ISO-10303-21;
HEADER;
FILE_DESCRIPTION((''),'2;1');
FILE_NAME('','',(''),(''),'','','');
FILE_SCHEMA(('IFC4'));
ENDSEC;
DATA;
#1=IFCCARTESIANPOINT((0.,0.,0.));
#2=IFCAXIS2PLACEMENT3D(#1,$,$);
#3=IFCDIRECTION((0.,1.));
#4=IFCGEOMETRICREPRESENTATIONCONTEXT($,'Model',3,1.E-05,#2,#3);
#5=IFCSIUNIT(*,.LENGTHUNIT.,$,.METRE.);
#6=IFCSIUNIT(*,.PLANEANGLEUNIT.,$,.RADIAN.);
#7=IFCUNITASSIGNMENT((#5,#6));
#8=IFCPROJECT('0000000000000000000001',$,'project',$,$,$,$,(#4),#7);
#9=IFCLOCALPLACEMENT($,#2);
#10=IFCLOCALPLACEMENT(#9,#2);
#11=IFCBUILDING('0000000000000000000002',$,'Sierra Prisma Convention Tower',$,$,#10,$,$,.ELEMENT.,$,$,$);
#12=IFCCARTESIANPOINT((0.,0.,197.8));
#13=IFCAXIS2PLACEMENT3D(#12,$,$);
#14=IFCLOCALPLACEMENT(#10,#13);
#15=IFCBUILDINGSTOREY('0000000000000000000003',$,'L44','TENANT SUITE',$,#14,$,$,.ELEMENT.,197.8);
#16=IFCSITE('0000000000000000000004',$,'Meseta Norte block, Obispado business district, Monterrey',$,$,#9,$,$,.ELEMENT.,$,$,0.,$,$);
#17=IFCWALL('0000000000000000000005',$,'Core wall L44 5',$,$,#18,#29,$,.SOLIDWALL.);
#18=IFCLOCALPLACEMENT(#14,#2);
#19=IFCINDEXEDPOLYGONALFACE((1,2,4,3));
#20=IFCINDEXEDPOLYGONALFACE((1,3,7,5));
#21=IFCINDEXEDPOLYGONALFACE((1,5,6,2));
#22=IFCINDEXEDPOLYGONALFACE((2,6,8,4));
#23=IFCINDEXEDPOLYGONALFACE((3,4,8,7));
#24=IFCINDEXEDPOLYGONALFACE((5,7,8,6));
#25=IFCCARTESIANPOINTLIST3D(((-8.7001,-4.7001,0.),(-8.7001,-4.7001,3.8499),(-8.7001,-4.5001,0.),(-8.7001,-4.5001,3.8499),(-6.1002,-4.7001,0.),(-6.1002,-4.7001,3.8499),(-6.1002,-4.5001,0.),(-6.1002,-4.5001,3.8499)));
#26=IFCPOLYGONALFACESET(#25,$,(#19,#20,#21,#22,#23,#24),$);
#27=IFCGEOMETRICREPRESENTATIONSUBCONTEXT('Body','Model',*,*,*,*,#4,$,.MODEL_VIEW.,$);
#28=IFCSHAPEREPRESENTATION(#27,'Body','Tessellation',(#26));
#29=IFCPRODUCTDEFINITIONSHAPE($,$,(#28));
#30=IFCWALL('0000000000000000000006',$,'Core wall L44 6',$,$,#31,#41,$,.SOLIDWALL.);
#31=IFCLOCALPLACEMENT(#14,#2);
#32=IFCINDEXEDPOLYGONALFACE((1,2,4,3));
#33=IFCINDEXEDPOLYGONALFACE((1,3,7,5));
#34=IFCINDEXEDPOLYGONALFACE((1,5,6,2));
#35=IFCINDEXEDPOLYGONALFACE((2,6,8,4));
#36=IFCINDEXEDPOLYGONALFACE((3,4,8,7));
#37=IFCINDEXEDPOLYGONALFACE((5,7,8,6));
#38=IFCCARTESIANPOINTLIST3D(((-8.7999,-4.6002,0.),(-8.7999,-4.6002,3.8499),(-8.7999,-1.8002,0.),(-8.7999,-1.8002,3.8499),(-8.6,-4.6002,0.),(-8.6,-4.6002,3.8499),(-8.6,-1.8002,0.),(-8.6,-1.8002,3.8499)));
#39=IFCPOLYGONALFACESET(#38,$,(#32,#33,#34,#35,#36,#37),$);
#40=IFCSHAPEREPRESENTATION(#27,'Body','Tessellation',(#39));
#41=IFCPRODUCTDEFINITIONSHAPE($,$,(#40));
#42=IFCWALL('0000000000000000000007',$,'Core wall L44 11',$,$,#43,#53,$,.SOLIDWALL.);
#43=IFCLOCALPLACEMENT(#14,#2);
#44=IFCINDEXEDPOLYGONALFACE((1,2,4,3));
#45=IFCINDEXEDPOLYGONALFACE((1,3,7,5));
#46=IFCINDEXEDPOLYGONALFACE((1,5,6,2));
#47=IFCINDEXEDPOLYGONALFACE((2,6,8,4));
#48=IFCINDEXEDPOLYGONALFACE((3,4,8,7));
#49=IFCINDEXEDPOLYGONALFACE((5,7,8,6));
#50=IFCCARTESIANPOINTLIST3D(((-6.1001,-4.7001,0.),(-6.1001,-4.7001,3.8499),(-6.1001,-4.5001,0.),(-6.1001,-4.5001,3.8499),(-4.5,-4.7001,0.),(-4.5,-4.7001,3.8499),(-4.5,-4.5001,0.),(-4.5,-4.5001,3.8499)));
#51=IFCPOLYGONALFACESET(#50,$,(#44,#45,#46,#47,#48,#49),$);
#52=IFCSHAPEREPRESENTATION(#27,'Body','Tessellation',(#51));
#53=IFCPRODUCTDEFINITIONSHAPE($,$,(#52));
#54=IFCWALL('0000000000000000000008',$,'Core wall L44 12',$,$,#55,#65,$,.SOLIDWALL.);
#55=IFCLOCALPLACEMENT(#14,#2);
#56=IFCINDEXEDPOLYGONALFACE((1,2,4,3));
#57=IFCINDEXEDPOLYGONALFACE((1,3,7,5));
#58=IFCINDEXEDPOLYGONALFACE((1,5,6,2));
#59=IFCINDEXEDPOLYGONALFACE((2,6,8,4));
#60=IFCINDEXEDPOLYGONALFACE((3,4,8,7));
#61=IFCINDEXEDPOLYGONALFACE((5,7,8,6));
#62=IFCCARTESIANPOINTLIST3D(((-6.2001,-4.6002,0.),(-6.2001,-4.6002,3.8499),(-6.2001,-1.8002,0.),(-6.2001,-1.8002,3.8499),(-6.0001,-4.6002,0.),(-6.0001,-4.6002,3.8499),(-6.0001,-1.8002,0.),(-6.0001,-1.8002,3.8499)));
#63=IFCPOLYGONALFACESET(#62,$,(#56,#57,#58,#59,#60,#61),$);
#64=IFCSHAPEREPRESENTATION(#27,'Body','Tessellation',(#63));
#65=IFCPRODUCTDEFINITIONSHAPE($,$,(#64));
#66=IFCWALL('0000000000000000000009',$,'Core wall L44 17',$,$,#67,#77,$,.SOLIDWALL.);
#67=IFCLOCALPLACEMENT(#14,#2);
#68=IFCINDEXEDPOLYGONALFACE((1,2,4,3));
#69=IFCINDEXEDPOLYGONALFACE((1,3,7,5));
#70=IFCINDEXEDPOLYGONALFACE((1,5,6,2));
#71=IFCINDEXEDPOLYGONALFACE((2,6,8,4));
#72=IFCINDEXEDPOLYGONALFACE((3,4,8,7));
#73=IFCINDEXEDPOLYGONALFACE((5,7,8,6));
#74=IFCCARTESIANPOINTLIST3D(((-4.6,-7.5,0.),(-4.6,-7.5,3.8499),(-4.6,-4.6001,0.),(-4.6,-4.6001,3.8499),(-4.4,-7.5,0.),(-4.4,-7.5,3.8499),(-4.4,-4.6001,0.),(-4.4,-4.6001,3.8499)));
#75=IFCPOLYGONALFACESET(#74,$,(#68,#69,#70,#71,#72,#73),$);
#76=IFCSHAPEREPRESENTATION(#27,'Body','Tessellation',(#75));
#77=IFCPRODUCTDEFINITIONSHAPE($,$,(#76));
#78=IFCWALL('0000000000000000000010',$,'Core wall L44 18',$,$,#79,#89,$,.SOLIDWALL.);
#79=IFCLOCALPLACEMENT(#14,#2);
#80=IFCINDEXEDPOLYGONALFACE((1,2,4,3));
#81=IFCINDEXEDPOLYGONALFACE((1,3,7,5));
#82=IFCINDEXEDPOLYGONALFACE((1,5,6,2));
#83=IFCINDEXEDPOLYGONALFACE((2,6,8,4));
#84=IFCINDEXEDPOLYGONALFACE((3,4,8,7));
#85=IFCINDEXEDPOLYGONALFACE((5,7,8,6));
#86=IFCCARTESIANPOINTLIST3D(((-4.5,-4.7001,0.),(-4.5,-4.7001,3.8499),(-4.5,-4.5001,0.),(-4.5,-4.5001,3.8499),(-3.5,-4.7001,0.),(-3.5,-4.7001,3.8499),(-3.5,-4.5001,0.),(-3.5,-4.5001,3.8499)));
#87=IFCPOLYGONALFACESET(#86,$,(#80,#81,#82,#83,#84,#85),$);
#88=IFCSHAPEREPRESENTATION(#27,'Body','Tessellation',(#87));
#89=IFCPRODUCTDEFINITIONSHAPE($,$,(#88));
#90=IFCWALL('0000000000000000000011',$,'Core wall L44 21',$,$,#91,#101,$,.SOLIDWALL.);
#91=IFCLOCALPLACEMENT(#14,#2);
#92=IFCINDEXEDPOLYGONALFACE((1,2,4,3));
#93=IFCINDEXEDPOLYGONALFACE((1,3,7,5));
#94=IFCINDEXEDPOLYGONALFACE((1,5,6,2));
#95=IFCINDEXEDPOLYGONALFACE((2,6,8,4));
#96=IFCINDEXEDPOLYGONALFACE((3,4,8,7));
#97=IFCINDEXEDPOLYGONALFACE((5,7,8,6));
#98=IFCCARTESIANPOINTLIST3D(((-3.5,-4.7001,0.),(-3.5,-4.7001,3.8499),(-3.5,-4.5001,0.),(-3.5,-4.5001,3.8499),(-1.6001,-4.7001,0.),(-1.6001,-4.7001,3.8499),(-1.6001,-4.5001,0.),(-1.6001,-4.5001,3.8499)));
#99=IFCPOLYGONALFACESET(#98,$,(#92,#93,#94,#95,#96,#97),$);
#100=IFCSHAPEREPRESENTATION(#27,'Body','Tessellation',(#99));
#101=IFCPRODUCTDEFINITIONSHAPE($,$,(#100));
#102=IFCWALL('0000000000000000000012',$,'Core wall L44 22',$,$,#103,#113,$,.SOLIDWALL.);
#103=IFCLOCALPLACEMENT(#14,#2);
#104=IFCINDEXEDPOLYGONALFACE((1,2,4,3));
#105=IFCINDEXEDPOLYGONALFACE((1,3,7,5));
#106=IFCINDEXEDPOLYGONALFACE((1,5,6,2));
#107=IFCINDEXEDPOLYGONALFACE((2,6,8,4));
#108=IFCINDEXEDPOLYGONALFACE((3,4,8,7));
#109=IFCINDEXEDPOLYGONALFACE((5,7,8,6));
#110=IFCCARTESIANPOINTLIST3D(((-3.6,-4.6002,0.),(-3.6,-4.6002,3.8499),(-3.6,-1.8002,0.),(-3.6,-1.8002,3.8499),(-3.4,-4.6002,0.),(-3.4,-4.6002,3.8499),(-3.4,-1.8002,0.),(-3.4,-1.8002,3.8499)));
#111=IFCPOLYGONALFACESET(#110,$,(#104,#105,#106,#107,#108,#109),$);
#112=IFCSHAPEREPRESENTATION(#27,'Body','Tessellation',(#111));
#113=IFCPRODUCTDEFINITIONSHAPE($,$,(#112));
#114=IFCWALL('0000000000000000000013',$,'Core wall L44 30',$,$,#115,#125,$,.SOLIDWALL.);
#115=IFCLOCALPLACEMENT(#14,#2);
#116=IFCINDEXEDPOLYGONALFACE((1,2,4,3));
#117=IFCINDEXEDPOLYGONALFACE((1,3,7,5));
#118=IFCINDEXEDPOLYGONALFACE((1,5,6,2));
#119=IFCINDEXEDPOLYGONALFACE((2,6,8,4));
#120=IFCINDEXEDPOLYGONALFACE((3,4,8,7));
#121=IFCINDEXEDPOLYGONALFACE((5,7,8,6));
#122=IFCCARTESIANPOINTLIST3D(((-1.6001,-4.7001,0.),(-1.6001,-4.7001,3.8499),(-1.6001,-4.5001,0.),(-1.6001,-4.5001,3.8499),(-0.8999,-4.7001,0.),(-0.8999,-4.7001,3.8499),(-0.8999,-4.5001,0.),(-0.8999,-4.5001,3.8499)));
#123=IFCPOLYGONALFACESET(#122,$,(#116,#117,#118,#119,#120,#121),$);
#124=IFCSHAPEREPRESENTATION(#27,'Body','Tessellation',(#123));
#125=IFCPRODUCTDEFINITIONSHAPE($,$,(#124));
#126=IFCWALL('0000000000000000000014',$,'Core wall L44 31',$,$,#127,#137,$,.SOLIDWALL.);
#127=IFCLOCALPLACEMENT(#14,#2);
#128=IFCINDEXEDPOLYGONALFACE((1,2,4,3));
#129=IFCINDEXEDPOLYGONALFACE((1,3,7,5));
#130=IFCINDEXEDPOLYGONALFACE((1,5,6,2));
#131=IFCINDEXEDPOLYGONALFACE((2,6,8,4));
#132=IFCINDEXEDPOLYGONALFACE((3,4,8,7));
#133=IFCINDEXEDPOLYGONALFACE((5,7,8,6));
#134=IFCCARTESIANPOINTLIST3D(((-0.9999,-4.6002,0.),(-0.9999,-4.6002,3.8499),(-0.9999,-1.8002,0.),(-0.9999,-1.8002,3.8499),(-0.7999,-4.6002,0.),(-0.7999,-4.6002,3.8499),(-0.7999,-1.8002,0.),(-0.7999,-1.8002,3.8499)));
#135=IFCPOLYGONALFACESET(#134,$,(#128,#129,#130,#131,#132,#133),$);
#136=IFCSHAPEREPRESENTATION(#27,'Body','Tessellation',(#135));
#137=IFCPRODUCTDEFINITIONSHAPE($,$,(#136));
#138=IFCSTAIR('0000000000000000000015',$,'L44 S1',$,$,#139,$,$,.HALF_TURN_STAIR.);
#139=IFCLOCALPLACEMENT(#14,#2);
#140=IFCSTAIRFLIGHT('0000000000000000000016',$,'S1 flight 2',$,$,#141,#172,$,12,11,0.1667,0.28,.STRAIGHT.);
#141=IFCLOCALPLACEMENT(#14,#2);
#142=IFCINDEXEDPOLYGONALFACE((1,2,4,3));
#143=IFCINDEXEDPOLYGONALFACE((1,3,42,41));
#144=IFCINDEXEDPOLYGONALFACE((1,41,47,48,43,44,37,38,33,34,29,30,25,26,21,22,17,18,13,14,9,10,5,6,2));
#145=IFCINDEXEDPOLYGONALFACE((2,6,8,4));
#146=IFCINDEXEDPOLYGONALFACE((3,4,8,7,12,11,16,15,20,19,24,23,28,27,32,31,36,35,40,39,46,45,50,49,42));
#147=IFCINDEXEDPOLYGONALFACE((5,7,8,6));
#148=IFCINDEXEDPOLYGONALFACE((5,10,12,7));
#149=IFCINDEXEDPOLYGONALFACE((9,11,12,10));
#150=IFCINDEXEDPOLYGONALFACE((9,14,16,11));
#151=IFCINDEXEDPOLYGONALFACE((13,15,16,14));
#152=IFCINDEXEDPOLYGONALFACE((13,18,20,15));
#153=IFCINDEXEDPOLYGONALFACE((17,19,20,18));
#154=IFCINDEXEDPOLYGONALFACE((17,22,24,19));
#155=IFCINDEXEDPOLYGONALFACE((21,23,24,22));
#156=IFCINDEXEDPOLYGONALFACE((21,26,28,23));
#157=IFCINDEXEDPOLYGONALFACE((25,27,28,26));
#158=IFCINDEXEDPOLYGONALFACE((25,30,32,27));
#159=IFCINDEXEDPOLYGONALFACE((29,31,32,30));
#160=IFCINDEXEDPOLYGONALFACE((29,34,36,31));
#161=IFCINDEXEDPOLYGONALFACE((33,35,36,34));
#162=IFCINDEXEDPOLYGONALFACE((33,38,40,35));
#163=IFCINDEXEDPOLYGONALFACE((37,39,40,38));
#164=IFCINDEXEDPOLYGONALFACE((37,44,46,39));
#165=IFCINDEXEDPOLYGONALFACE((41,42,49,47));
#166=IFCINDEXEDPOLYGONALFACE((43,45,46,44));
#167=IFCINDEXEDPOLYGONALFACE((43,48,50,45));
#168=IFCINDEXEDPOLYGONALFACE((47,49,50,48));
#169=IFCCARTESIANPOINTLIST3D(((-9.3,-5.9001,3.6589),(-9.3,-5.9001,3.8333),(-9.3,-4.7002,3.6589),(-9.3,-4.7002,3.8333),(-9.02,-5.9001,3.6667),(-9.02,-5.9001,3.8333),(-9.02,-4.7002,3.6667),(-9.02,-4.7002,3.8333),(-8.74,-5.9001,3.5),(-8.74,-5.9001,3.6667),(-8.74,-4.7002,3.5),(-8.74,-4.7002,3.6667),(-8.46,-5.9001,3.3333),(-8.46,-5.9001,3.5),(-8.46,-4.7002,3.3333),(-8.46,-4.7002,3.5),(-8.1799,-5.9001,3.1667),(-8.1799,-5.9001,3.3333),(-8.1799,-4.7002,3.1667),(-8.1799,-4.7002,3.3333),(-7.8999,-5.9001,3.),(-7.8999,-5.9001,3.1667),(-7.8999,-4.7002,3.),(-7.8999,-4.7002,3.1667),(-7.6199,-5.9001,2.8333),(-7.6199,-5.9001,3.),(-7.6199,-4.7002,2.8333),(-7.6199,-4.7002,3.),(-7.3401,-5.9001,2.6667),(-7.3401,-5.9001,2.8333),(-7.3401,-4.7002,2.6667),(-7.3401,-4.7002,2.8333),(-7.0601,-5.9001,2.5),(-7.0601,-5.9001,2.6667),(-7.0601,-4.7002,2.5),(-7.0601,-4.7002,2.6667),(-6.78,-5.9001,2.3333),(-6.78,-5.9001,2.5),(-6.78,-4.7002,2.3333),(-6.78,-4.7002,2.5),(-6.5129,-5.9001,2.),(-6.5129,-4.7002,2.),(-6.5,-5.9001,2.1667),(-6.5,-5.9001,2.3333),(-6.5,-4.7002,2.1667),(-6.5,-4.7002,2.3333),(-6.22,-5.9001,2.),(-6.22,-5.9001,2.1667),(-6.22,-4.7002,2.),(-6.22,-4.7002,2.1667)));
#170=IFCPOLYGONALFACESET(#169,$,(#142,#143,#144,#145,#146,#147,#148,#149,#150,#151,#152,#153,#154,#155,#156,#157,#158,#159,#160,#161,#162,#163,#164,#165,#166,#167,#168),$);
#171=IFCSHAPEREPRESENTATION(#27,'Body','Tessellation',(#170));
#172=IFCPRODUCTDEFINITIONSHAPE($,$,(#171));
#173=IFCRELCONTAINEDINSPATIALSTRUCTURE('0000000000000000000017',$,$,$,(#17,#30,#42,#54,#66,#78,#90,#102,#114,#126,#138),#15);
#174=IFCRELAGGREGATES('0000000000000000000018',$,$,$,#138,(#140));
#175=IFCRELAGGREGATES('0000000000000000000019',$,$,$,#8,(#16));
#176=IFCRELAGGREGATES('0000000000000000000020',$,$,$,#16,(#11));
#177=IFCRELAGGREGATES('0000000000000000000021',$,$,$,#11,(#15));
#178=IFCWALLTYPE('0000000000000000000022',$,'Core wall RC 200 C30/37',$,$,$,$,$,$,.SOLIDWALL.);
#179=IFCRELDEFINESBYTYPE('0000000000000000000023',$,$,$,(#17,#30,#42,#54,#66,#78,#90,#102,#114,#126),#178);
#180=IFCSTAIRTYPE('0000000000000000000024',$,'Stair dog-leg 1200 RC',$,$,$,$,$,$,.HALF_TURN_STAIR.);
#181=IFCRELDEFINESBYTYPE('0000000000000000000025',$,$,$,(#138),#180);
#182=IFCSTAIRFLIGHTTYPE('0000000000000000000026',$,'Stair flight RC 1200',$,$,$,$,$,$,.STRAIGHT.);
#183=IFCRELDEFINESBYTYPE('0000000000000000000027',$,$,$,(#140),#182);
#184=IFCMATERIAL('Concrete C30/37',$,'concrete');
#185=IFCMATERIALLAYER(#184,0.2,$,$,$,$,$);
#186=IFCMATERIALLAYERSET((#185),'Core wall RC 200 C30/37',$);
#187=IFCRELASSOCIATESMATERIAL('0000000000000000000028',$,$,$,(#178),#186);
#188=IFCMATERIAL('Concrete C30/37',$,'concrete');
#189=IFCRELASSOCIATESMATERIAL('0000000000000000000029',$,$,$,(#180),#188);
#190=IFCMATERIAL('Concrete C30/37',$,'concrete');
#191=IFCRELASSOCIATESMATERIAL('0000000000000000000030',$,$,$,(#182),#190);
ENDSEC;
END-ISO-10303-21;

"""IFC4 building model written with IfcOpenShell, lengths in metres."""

from ifc_helpers import new_model, si_unit, direction, frame, frame_2d, origin, place, context, subcontext, project, spatial, polyline, rectangle, outline, extrude, material, layer, layer_set, type_object, element, aggregate, save


model = new_model("IFC4")

# Units and contexts
model_context = context("Model", 3, precision=1e-05, world=origin(), true_north=direction((0.0, 1.0)))
body_context = subcontext(model_context, "Body", "Model", "MODEL_VIEW")
ifc_project = project(units=[si_unit("LENGTHUNIT", "METRE"), si_unit("PLANEANGLEUNIT", "RADIAN")], contexts=[model_context])

# Site, building, storey
site_placement = place(None, origin())
site = spatial("IfcSite", under=ifc_project, at=site_placement, Name="Meseta Norte block, Obispado business district, Monterrey", CompositionType="ELEMENT", RefElevation=0.0)
building_placement = place(site_placement, origin())
building = spatial("IfcBuilding", under=site, at=building_placement, Name="Sierra Prisma Convention Tower", CompositionType="ELEMENT")
storey_placement = place(building_placement, frame((0.0, 0.0, 197.8)))
storey = spatial("IfcBuildingStorey", under=building, at=storey_placement, Name="L44", Description="TENANT SUITE", CompositionType="ELEMENT", Elevation=197.8)

# Shared definitions
ifc_material_1 = material(Name="Concrete C30/37", Category="concrete")
ifc_layer = layer(ifc_material_1, 0.2)
ifc_layer_set = layer_set([ifc_layer], Name="Core wall RC 200 C30/37")
wall_type = type_object("IfcWallType", Name="Core wall RC 200 C30/37", PredefinedType="SOLIDWALL", material=ifc_layer_set)

# Walls
wall_1_placement = place(storey_placement, frame((-8.7, -4.6001, 0.0), z_axis=(0.0, 0.0, 1.0), x_axis=(1.0, 0.0, 0.0)))
element("IfcWall", 1, at=wall_1_placement, inside=storey, type_object=wall_type, Name="Core wall L44 5", PredefinedType="SOLIDWALL", context=body_context, shape_type="SweptSolid", body=[
    extrude(rectangle(XDim=2.5999, YDim=0.2, at=frame_2d((1.2998, 0.0))), origin(), (0.0, 0.0, 1.0), 3.8499),
])
wall_2_placement = place(storey_placement, frame((-8.7, -4.6001, 0.0), z_axis=(0.0, 0.0, 1.0), x_axis=(0.0, 1.0, 0.0)))
element("IfcWall", 2, at=wall_2_placement, inside=storey, type_object=wall_type, Name="Core wall L44 6", PredefinedType="SOLIDWALL", context=body_context, shape_type="SweptSolid", body=[
    extrude(rectangle(XDim=2.8, YDim=0.2, at=frame_2d((1.3999, 0.0))), origin(), (0.0, 0.0, 1.0), 3.8499),
])

# Walls
wall_3_placement = place(storey_placement, frame((-6.1001, -4.6001, 0.0), z_axis=(0.0, 0.0, 1.0), x_axis=(1.0, 0.0, 0.0)))
element("IfcWall", 3, at=wall_3_placement, inside=storey, type_object=wall_type, Name="Core wall L44 11", PredefinedType="SOLIDWALL", context=body_context, shape_type="SweptSolid", body=[
    extrude(rectangle(XDim=1.6001, YDim=0.2, at=frame_2d((0.8, 0.0))), origin(), (0.0, 0.0, 1.0), 3.8499),
])
wall_4_placement = place(storey_placement, frame((-6.1001, -4.6001, 0.0), z_axis=(0.0, 0.0, 1.0), x_axis=(0.0, 1.0, 0.0)))
element("IfcWall", 4, at=wall_4_placement, inside=storey, type_object=wall_type, Name="Core wall L44 12", PredefinedType="SOLIDWALL", context=body_context, shape_type="SweptSolid", body=[
    extrude(rectangle(XDim=2.8, YDim=0.2, at=frame_2d((1.3999, 0.0))), origin(), (0.0, 0.0, 1.0), 3.8499),
])

# Walls
wall_5_placement = place(storey_placement, frame((-4.5, -4.6001, 0.0), z_axis=(0.0, 0.0, 1.0), x_axis=(0.0, -1.0, 0.0)))
element("IfcWall", 5, at=wall_5_placement, inside=storey, type_object=wall_type, Name="Core wall L44 17", PredefinedType="SOLIDWALL", context=body_context, shape_type="SweptSolid", body=[
    extrude(rectangle(XDim=2.8999, YDim=0.2, at=frame_2d((1.45, 0.0))), origin(), (0.0, 0.0, 1.0), 3.8499),
])
wall_6_placement = place(storey_placement, frame((-4.5, -4.6001, 0.0), z_axis=(0.0, 0.0, 1.0), x_axis=(1.0, 0.0, 0.0)))
element("IfcWall", 6, at=wall_6_placement, inside=storey, type_object=wall_type, Name="Core wall L44 18", PredefinedType="SOLIDWALL", context=body_context, shape_type="SweptSolid", body=[
    extrude(rectangle(XDim=1.0, YDim=0.2, at=frame_2d((0.5, 0.0))), origin(), (0.0, 0.0, 1.0), 3.8499),
])
wall_7_placement = place(storey_placement, frame((-3.5, -4.6001, 0.0), z_axis=(0.0, 0.0, 1.0), x_axis=(1.0, 0.0, 0.0)))
element("IfcWall", 7, at=wall_7_placement, inside=storey, type_object=wall_type, Name="Core wall L44 21", PredefinedType="SOLIDWALL", context=body_context, shape_type="SweptSolid", body=[
    extrude(rectangle(XDim=1.8999, YDim=0.2, at=frame_2d((0.95, 0.0))), origin(), (0.0, 0.0, 1.0), 3.8499),
])
wall_8_placement = place(storey_placement, frame((-3.5, -4.6001, 0.0), z_axis=(0.0, 0.0, 1.0), x_axis=(0.0, 1.0, 0.0)))
element("IfcWall", 8, at=wall_8_placement, inside=storey, type_object=wall_type, Name="Core wall L44 22", PredefinedType="SOLIDWALL", context=body_context, shape_type="SweptSolid", body=[
    extrude(rectangle(XDim=2.8, YDim=0.2, at=frame_2d((1.3999, 0.0))), origin(), (0.0, 0.0, 1.0), 3.8499),
])
wall_9_placement = place(storey_placement, frame((-1.6001, -4.6001, 0.0), z_axis=(0.0, 0.0, 1.0), x_axis=(1.0, 0.0, 0.0)))
element("IfcWall", 9, at=wall_9_placement, inside=storey, type_object=wall_type, Name="Core wall L44 30", PredefinedType="SOLIDWALL", context=body_context, shape_type="SweptSolid", body=[
    extrude(rectangle(XDim=0.7002, YDim=0.2, at=frame_2d((0.3501, 0.0))), origin(), (0.0, 0.0, 1.0), 3.8499),
])
wall_10_placement = place(storey_placement, frame((-0.8999, -4.6001, 0.0), z_axis=(0.0, 0.0, 1.0), x_axis=(0.0, 1.0, 0.0)))
element("IfcWall", 10, at=wall_10_placement, inside=storey, type_object=wall_type, Name="Core wall L44 31", PredefinedType="SOLIDWALL", context=body_context, shape_type="SweptSolid", body=[
    extrude(rectangle(XDim=2.8, YDim=0.2, at=frame_2d((1.3999, 0.0))), origin(), (0.0, 0.0, 1.0), 3.8499),
])

# Stair, stair flight
ifc_material_2 = material(Name="Concrete C30/37", Category="concrete")
stair_type = type_object("IfcStairType", Name="Stair dog-leg 1200 RC", PredefinedType="HALF_TURN_STAIR", material=ifc_material_2)
stair_placement = place(storey_placement, origin())
stair = element("IfcStair", 11, at=stair_placement, inside=storey, type_object=stair_type, Name="L44 S1", PredefinedType="HALF_TURN_STAIR")
ifc_material_3 = material(Name="Concrete C30/37", Category="concrete")
stair_flight_type = type_object("IfcStairFlightType", Name="Stair flight RC 1200", PredefinedType="STRAIGHT", material=ifc_material_3)
stair_flight_placement = place(storey_placement, frame((-6.22, -5.3, 2.0), z_axis=(0.0, 0.0, 1.0), x_axis=(-1.0, 0.0, 0.0)))
stair_flight = element("IfcStairFlight", 12, at=stair_flight_placement, type_object=stair_flight_type, Name="S1 flight 2", NumberOfRisers=12, NumberOfTreads=11, PredefinedType="STRAIGHT", RiserHeight=0.1667, TreadLength=0.28, context=body_context, shape_type="SweptSolid", body=[
    extrude(outline(polyline([(0.0, 0.0), (0.0, 0.1667), (0.28, 0.1667), (0.28, 0.3333), (0.5601, 0.3333), (0.5601, 0.5), (0.8401, 0.5), (0.8401, 0.6667), (1.1201, 0.6667), (1.1201, 0.8333), (1.3999, 0.8333), (1.3999, 1.0), (1.6799, 1.0), (1.6799, 1.1667), (1.96, 1.1667), (1.96, 1.3333), (2.24, 1.3333), (2.24, 1.5), (2.52, 1.5), (2.52, 1.6667), (2.8, 1.6667), (2.8, 1.8333), (3.0801, 1.8333), (3.0801, 2.0), (3.0801, 1.6589), (0.293, 0.0), (0.0, 0.0)])), frame((0.0, 0.6001, 0.0), z_axis=(0.0, -1.0, 0.0), x_axis=(1.0, 0.0, 0.0)), (0.0, 0.0, 1.0), 1.2),
])
aggregate(stair, [stair_flight])

save(model, "model.ifc")
